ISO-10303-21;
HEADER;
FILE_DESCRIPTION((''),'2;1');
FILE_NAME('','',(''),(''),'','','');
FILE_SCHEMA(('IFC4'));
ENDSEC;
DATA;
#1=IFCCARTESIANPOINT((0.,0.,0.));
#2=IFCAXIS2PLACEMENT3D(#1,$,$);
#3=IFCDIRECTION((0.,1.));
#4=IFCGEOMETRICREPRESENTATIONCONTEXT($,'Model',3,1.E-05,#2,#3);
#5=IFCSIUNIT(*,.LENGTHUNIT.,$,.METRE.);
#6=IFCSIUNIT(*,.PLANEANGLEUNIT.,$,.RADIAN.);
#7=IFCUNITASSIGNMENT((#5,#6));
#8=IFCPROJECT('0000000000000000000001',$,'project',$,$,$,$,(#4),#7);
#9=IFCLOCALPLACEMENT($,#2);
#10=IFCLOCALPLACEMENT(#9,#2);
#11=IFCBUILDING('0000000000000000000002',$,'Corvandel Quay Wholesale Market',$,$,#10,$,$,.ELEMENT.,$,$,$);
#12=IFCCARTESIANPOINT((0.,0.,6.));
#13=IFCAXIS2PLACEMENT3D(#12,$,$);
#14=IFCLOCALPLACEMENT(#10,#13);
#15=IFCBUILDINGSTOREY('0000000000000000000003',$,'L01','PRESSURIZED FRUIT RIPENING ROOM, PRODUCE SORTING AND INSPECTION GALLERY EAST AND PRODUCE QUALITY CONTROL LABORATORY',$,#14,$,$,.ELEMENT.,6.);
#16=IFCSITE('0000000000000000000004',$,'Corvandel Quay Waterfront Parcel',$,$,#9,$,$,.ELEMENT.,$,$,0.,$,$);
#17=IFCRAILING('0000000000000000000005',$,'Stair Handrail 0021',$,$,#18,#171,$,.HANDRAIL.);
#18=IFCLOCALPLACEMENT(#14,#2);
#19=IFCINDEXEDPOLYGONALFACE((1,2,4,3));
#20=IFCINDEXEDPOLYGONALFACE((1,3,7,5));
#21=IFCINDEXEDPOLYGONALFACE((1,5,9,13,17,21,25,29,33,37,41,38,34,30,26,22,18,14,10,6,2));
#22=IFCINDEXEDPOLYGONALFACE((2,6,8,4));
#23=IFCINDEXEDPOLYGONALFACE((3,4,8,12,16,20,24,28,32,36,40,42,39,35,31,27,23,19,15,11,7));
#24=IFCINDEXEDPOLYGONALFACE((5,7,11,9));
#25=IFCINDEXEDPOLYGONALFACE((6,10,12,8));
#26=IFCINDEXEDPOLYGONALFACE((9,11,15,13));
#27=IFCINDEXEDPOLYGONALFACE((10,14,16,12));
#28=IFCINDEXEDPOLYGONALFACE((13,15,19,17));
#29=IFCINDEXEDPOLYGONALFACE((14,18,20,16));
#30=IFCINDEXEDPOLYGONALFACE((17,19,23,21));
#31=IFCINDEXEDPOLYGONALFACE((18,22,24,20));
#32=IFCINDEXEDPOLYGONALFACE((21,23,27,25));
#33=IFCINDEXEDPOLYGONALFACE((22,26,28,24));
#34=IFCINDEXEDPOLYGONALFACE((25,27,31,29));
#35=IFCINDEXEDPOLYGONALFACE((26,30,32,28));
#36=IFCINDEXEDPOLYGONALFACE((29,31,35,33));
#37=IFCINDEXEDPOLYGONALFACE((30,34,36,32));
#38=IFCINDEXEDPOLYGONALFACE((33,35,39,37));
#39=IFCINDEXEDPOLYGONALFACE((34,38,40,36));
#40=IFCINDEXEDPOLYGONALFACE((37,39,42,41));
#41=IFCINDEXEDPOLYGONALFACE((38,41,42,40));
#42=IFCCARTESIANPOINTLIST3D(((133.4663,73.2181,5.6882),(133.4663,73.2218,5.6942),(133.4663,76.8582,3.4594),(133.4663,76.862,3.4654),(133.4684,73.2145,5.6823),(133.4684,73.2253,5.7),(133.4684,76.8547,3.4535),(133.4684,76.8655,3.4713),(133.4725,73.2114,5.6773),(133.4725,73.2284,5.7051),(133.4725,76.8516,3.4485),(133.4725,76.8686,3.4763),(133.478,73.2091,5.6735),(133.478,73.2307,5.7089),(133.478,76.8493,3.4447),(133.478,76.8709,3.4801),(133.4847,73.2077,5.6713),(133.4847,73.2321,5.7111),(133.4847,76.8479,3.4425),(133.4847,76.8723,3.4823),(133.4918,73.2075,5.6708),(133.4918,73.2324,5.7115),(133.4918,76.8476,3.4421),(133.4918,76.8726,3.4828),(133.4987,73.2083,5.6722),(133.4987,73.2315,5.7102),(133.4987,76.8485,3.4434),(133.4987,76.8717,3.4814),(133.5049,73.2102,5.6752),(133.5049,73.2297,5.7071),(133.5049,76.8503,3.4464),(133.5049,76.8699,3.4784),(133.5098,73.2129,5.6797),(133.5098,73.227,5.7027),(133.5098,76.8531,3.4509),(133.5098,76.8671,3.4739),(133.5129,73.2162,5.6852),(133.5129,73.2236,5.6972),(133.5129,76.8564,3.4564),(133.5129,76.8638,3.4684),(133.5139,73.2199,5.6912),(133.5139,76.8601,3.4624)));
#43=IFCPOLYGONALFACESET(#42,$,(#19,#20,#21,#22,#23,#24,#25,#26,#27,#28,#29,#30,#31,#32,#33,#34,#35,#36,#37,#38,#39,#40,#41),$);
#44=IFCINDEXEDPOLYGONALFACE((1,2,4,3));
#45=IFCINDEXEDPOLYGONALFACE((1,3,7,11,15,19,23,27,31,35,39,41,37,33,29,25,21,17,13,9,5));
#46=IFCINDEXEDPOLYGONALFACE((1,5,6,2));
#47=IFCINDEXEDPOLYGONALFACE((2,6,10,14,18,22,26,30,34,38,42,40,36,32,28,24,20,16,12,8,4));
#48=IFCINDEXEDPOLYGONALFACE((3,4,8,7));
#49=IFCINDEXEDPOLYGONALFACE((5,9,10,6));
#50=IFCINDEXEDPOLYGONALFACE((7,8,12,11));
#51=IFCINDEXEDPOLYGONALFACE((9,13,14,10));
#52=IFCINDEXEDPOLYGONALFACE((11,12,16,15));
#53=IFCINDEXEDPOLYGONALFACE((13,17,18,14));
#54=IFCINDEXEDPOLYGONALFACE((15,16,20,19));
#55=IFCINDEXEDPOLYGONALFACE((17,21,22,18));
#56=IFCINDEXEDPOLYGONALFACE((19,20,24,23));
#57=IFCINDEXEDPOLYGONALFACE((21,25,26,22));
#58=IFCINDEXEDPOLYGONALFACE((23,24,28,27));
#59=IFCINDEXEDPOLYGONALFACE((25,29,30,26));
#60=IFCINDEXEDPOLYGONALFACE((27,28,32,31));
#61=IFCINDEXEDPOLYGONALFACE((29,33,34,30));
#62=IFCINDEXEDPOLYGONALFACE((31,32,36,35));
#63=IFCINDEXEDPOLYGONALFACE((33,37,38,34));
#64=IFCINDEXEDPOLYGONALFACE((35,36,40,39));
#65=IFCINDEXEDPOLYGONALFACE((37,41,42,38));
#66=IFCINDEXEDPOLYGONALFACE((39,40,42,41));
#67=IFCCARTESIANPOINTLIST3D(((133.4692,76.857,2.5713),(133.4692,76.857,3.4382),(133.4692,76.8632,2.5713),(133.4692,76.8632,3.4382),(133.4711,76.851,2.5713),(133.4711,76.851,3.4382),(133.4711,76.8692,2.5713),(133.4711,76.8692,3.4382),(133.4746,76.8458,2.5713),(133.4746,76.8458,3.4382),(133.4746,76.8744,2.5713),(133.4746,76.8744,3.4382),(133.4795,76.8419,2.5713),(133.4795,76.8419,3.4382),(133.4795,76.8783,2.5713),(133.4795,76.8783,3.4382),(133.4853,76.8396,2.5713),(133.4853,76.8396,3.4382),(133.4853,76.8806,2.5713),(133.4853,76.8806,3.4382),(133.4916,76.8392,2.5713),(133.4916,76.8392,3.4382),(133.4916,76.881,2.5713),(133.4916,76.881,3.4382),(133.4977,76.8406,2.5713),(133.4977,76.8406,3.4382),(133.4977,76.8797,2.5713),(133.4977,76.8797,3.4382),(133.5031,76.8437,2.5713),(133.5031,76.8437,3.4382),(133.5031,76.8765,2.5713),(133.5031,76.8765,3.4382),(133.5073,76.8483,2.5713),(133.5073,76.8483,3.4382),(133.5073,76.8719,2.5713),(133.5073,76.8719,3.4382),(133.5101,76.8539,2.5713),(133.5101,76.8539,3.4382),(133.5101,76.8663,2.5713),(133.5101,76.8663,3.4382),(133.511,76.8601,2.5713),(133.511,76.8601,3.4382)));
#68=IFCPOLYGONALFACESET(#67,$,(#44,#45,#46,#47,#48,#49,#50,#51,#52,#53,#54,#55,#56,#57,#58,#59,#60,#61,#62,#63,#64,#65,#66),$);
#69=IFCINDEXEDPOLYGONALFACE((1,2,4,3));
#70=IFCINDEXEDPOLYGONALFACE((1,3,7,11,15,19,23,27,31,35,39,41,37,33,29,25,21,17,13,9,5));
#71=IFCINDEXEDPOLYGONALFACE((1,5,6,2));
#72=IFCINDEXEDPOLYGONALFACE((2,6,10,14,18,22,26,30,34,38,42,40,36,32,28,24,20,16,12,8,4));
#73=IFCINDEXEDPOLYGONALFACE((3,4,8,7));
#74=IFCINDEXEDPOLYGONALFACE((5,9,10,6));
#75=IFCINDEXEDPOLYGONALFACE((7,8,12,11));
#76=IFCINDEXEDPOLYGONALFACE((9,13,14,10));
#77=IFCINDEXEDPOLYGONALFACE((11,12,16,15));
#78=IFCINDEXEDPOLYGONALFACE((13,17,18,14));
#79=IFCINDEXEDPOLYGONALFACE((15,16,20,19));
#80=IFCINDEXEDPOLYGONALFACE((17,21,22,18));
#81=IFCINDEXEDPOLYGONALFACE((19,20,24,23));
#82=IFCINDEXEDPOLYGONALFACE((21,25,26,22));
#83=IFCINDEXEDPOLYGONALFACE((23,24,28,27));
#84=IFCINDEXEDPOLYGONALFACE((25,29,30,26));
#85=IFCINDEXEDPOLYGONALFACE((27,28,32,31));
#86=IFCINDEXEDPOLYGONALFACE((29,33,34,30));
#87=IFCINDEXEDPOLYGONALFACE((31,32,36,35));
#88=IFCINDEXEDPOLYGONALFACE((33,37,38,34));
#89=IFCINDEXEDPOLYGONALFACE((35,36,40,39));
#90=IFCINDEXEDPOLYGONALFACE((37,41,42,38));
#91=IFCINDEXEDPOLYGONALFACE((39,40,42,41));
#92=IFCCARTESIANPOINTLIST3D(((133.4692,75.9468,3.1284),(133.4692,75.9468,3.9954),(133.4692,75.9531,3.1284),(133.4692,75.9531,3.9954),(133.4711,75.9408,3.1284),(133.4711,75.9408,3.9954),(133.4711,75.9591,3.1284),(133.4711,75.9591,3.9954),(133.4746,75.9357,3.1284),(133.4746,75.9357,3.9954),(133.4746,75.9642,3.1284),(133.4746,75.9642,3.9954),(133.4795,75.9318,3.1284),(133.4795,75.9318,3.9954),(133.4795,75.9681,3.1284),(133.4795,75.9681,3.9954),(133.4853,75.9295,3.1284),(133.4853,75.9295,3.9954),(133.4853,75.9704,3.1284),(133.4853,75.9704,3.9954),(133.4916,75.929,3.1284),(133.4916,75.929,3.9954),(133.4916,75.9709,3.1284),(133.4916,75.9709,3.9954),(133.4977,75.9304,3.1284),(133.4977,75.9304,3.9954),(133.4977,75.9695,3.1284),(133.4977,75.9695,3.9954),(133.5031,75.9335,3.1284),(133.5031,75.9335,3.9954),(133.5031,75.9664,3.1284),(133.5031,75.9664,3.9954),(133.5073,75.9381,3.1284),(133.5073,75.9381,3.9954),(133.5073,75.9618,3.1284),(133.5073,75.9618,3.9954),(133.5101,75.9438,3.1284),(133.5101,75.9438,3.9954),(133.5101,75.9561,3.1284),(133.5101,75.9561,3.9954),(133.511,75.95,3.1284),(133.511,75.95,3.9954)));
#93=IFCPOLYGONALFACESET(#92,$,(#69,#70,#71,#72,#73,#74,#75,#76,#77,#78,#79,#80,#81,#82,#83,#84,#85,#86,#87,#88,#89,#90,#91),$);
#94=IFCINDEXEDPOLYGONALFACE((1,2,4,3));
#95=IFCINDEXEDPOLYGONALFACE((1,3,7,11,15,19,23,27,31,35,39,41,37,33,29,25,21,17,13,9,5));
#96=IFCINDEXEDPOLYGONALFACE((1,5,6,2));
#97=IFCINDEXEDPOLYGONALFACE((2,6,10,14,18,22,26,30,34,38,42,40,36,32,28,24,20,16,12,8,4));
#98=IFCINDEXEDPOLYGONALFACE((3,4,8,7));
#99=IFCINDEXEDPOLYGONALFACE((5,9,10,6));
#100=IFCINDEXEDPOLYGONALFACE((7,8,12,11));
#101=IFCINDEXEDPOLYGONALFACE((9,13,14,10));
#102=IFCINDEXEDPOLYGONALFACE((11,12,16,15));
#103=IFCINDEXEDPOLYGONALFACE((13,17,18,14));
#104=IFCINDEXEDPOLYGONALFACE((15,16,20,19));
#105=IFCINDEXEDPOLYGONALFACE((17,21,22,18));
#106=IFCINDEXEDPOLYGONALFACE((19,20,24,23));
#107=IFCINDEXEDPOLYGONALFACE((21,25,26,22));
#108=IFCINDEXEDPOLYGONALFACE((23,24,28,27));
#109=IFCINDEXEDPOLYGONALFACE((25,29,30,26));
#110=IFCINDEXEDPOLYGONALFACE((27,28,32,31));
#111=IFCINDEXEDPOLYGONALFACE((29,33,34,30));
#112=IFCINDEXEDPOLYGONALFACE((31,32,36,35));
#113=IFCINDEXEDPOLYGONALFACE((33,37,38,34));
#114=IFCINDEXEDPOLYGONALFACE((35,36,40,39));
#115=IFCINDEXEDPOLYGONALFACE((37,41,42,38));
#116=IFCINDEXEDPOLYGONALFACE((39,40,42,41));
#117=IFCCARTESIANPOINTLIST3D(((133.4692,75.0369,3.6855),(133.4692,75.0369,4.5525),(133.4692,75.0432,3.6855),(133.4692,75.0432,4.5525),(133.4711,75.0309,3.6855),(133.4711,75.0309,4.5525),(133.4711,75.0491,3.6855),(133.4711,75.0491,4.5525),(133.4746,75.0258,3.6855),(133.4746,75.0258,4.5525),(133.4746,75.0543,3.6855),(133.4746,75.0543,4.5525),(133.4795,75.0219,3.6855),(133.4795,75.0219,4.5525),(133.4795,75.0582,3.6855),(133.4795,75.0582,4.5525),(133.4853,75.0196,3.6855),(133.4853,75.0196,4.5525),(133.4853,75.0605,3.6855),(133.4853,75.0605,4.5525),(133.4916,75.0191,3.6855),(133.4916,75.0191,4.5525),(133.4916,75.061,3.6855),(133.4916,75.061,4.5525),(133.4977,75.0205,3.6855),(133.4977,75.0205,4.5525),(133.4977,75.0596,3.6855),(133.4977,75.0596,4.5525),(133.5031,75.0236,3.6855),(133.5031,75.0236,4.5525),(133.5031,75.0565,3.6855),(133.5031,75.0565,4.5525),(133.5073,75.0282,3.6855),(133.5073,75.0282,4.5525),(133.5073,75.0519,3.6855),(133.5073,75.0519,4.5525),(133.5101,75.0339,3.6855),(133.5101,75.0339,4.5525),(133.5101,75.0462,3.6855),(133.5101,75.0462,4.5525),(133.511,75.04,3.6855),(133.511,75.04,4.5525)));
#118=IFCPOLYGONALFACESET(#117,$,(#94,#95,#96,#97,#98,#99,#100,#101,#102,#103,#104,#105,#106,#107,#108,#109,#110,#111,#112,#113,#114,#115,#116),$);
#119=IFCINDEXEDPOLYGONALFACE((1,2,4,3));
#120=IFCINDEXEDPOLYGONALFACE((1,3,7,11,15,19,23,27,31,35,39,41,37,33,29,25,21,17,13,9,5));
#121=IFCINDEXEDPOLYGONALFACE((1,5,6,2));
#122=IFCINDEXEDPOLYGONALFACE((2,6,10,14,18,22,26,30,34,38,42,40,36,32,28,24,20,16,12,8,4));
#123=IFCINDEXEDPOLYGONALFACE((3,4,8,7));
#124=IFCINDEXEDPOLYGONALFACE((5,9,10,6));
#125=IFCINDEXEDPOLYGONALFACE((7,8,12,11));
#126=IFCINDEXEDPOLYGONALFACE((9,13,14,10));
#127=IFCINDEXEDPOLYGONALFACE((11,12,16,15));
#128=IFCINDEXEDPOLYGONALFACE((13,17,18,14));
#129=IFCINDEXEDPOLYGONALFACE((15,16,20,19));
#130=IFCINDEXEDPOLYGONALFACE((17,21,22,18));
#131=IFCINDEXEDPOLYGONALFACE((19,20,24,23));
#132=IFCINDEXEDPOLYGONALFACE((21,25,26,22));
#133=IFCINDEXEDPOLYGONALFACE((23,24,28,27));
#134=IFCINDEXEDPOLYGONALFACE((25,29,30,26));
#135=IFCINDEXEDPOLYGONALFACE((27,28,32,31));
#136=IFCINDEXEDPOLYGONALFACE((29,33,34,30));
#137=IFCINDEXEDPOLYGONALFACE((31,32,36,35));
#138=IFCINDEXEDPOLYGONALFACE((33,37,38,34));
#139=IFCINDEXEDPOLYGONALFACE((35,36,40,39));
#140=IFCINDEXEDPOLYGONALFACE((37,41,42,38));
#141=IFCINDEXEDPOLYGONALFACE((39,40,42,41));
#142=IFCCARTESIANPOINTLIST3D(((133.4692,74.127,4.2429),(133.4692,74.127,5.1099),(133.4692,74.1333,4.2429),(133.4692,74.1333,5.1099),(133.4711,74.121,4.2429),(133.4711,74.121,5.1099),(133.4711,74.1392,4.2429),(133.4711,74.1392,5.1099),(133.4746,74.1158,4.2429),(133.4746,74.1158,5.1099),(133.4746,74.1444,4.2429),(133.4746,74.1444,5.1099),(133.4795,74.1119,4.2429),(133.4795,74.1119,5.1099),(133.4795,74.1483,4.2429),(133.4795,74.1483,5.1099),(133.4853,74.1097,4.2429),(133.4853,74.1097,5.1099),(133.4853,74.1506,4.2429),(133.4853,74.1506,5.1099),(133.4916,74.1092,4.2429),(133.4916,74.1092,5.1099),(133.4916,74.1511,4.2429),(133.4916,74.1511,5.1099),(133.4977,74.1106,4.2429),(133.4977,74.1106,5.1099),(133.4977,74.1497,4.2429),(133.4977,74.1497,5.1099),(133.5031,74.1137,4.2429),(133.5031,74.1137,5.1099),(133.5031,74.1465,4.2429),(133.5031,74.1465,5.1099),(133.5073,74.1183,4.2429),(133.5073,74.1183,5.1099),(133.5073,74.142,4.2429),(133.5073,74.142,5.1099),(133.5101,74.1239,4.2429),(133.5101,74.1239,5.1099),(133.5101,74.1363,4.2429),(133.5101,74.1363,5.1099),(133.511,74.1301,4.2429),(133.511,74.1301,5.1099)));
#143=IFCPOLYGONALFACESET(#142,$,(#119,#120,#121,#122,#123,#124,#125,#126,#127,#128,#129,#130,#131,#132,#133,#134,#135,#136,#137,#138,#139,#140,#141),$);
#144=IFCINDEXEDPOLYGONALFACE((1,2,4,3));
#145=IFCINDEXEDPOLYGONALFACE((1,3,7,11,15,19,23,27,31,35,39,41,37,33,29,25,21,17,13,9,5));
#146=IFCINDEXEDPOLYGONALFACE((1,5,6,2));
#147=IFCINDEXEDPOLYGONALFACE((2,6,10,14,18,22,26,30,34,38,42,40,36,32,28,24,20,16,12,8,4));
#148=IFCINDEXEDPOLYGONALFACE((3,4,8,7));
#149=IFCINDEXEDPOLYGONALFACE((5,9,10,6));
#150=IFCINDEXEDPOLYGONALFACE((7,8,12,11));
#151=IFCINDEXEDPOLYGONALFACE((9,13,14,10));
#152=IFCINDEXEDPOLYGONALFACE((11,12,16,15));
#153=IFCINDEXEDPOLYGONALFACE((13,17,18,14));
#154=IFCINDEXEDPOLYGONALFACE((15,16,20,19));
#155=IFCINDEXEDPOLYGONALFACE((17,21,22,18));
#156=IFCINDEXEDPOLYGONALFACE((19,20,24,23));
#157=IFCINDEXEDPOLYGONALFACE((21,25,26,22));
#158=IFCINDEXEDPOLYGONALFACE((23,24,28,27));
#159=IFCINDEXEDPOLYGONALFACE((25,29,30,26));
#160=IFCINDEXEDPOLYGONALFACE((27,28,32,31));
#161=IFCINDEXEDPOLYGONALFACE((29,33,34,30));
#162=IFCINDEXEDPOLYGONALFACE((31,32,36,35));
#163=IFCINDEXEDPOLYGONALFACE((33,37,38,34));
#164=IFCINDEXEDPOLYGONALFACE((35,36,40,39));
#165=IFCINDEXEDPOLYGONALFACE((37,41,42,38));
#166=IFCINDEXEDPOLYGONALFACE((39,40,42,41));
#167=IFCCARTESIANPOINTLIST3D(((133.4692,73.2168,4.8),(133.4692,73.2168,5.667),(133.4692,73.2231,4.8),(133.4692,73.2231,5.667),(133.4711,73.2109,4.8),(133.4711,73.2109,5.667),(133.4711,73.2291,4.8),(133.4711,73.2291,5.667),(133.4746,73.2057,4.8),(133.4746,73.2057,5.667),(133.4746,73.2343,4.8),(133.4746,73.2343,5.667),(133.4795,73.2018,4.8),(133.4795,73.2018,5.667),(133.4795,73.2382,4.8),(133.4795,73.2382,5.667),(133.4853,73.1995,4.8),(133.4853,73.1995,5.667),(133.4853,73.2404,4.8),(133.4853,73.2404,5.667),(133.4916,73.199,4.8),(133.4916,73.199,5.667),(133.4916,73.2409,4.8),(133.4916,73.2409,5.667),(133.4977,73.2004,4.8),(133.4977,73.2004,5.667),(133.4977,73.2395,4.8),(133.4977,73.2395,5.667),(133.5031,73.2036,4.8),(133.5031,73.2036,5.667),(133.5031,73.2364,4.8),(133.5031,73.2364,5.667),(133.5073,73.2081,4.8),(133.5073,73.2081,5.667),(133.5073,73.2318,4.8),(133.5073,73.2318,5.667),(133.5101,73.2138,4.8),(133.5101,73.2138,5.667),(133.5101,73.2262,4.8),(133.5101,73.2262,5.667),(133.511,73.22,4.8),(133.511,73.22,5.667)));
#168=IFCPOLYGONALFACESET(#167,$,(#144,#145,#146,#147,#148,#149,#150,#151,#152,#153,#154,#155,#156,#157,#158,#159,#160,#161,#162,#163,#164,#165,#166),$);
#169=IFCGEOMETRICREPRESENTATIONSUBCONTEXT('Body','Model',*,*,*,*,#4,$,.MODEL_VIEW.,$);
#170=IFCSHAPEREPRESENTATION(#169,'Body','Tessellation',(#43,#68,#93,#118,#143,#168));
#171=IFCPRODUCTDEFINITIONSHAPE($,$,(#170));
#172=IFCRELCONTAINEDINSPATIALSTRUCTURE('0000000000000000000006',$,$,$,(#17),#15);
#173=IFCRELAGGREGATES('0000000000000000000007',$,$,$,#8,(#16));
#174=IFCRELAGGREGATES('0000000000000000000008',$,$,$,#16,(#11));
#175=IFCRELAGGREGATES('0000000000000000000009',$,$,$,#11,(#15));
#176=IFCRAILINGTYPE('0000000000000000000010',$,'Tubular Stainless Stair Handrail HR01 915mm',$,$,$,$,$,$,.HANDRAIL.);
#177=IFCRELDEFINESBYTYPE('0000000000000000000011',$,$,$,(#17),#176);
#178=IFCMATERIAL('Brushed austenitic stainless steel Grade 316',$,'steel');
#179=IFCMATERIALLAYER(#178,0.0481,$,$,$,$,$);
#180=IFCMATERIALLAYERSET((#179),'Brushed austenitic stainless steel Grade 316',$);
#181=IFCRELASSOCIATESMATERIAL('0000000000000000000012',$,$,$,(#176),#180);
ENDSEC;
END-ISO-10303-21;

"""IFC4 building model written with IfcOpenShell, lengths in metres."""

from ifc_helpers import new_model, si_unit, direction, frame, origin, origin_2d, place, context, subcontext, project, spatial, circle, extrude, material, layer, layer_set, type_object, element, save


model = new_model("IFC4")

# Units and contexts
model_context = context("Model", 3, precision=1e-05, world=origin(), true_north=direction((0.0, 1.0)))
body_context = subcontext(model_context, "Body", "Model", "MODEL_VIEW")
ifc_project = project(units=[si_unit("LENGTHUNIT", "METRE"), si_unit("PLANEANGLEUNIT", "RADIAN")], contexts=[model_context])

# Site, building, storey
site_placement = place(None, origin())
site = spatial("IfcSite", under=ifc_project, at=site_placement, Name="Corvandel Quay Waterfront Parcel", CompositionType="ELEMENT", RefElevation=0.0)
building_placement = place(site_placement, origin())
building = spatial("IfcBuilding", under=site, at=building_placement, Name="Corvandel Quay Wholesale Market", CompositionType="ELEMENT")
storey_placement = place(building_placement, frame((0.0, 0.0, 6.0)))
storey = spatial("IfcBuildingStorey", under=building, at=storey_placement, Name="L01", Description="PRESSURIZED FRUIT RIPENING ROOM, PRODUCE SORTING AND INSPECTION GALLERY EAST AND PRODUCE QUALITY CONTROL LABORATORY", CompositionType="ELEMENT", Elevation=6.0)

# Railing
ifc_material_1 = material(Name="Brushed austenitic stainless steel Grade 316", Category="steel")
ifc_layer_1 = layer(ifc_material_1, 0.0481)
ifc_layer_set_1 = layer_set([ifc_layer_1], Name="Brushed austenitic stainless steel Grade 316")
railing_type_1 = type_object("IfcRailingType", Name="Tubular Stainless Stair Handrail HR01 915mm", PredefinedType="HANDRAIL", material=ifc_layer_set_1)
for number, where, name in (
    (1, (133.49, 76.8601, 2.5713), "Stair Handrail 0021"),
):
    element("IfcRailing", number, at=place(storey_placement, frame(where)), inside=storey, type_object=railing_type_1, Name=name, PredefinedType="HANDRAIL", context=body_context, shape_type="SweptSolid", body=[
        extrude(circle(Radius=0.0239, at=origin_2d()), frame((0.0, 0.0, 0.8911), z_axis=(0.0, -0.85284, 0.522172), x_axis=(1.0, 0.0, 0.0)), (0.0, 0.0, 1.0), 4.2683),
        extrude(circle(Radius=0.021, at=origin_2d()), origin(), (0.0, 0.0, 1.0), 0.8669),
        extrude(circle(Radius=0.021, at=origin_2d()), frame((0.0, -0.9102, 0.5571)), (0.0, 0.0, 1.0), 0.8669),
        extrude(circle(Radius=0.021, at=origin_2d()), frame((0.0, -1.8201, 1.1143)), (0.0, 0.0, 1.0), 0.8669),
        extrude(circle(Radius=0.021, at=origin_2d()), frame((0.0, -2.73, 1.6716)), (0.0, 0.0, 1.0), 0.8669),
        extrude(circle(Radius=0.021, at=origin_2d()), frame((0.0, -3.6401, 2.2288)), (0.0, 0.0, 1.0), 0.8669),
    ])

save(model, "model.ifc")
